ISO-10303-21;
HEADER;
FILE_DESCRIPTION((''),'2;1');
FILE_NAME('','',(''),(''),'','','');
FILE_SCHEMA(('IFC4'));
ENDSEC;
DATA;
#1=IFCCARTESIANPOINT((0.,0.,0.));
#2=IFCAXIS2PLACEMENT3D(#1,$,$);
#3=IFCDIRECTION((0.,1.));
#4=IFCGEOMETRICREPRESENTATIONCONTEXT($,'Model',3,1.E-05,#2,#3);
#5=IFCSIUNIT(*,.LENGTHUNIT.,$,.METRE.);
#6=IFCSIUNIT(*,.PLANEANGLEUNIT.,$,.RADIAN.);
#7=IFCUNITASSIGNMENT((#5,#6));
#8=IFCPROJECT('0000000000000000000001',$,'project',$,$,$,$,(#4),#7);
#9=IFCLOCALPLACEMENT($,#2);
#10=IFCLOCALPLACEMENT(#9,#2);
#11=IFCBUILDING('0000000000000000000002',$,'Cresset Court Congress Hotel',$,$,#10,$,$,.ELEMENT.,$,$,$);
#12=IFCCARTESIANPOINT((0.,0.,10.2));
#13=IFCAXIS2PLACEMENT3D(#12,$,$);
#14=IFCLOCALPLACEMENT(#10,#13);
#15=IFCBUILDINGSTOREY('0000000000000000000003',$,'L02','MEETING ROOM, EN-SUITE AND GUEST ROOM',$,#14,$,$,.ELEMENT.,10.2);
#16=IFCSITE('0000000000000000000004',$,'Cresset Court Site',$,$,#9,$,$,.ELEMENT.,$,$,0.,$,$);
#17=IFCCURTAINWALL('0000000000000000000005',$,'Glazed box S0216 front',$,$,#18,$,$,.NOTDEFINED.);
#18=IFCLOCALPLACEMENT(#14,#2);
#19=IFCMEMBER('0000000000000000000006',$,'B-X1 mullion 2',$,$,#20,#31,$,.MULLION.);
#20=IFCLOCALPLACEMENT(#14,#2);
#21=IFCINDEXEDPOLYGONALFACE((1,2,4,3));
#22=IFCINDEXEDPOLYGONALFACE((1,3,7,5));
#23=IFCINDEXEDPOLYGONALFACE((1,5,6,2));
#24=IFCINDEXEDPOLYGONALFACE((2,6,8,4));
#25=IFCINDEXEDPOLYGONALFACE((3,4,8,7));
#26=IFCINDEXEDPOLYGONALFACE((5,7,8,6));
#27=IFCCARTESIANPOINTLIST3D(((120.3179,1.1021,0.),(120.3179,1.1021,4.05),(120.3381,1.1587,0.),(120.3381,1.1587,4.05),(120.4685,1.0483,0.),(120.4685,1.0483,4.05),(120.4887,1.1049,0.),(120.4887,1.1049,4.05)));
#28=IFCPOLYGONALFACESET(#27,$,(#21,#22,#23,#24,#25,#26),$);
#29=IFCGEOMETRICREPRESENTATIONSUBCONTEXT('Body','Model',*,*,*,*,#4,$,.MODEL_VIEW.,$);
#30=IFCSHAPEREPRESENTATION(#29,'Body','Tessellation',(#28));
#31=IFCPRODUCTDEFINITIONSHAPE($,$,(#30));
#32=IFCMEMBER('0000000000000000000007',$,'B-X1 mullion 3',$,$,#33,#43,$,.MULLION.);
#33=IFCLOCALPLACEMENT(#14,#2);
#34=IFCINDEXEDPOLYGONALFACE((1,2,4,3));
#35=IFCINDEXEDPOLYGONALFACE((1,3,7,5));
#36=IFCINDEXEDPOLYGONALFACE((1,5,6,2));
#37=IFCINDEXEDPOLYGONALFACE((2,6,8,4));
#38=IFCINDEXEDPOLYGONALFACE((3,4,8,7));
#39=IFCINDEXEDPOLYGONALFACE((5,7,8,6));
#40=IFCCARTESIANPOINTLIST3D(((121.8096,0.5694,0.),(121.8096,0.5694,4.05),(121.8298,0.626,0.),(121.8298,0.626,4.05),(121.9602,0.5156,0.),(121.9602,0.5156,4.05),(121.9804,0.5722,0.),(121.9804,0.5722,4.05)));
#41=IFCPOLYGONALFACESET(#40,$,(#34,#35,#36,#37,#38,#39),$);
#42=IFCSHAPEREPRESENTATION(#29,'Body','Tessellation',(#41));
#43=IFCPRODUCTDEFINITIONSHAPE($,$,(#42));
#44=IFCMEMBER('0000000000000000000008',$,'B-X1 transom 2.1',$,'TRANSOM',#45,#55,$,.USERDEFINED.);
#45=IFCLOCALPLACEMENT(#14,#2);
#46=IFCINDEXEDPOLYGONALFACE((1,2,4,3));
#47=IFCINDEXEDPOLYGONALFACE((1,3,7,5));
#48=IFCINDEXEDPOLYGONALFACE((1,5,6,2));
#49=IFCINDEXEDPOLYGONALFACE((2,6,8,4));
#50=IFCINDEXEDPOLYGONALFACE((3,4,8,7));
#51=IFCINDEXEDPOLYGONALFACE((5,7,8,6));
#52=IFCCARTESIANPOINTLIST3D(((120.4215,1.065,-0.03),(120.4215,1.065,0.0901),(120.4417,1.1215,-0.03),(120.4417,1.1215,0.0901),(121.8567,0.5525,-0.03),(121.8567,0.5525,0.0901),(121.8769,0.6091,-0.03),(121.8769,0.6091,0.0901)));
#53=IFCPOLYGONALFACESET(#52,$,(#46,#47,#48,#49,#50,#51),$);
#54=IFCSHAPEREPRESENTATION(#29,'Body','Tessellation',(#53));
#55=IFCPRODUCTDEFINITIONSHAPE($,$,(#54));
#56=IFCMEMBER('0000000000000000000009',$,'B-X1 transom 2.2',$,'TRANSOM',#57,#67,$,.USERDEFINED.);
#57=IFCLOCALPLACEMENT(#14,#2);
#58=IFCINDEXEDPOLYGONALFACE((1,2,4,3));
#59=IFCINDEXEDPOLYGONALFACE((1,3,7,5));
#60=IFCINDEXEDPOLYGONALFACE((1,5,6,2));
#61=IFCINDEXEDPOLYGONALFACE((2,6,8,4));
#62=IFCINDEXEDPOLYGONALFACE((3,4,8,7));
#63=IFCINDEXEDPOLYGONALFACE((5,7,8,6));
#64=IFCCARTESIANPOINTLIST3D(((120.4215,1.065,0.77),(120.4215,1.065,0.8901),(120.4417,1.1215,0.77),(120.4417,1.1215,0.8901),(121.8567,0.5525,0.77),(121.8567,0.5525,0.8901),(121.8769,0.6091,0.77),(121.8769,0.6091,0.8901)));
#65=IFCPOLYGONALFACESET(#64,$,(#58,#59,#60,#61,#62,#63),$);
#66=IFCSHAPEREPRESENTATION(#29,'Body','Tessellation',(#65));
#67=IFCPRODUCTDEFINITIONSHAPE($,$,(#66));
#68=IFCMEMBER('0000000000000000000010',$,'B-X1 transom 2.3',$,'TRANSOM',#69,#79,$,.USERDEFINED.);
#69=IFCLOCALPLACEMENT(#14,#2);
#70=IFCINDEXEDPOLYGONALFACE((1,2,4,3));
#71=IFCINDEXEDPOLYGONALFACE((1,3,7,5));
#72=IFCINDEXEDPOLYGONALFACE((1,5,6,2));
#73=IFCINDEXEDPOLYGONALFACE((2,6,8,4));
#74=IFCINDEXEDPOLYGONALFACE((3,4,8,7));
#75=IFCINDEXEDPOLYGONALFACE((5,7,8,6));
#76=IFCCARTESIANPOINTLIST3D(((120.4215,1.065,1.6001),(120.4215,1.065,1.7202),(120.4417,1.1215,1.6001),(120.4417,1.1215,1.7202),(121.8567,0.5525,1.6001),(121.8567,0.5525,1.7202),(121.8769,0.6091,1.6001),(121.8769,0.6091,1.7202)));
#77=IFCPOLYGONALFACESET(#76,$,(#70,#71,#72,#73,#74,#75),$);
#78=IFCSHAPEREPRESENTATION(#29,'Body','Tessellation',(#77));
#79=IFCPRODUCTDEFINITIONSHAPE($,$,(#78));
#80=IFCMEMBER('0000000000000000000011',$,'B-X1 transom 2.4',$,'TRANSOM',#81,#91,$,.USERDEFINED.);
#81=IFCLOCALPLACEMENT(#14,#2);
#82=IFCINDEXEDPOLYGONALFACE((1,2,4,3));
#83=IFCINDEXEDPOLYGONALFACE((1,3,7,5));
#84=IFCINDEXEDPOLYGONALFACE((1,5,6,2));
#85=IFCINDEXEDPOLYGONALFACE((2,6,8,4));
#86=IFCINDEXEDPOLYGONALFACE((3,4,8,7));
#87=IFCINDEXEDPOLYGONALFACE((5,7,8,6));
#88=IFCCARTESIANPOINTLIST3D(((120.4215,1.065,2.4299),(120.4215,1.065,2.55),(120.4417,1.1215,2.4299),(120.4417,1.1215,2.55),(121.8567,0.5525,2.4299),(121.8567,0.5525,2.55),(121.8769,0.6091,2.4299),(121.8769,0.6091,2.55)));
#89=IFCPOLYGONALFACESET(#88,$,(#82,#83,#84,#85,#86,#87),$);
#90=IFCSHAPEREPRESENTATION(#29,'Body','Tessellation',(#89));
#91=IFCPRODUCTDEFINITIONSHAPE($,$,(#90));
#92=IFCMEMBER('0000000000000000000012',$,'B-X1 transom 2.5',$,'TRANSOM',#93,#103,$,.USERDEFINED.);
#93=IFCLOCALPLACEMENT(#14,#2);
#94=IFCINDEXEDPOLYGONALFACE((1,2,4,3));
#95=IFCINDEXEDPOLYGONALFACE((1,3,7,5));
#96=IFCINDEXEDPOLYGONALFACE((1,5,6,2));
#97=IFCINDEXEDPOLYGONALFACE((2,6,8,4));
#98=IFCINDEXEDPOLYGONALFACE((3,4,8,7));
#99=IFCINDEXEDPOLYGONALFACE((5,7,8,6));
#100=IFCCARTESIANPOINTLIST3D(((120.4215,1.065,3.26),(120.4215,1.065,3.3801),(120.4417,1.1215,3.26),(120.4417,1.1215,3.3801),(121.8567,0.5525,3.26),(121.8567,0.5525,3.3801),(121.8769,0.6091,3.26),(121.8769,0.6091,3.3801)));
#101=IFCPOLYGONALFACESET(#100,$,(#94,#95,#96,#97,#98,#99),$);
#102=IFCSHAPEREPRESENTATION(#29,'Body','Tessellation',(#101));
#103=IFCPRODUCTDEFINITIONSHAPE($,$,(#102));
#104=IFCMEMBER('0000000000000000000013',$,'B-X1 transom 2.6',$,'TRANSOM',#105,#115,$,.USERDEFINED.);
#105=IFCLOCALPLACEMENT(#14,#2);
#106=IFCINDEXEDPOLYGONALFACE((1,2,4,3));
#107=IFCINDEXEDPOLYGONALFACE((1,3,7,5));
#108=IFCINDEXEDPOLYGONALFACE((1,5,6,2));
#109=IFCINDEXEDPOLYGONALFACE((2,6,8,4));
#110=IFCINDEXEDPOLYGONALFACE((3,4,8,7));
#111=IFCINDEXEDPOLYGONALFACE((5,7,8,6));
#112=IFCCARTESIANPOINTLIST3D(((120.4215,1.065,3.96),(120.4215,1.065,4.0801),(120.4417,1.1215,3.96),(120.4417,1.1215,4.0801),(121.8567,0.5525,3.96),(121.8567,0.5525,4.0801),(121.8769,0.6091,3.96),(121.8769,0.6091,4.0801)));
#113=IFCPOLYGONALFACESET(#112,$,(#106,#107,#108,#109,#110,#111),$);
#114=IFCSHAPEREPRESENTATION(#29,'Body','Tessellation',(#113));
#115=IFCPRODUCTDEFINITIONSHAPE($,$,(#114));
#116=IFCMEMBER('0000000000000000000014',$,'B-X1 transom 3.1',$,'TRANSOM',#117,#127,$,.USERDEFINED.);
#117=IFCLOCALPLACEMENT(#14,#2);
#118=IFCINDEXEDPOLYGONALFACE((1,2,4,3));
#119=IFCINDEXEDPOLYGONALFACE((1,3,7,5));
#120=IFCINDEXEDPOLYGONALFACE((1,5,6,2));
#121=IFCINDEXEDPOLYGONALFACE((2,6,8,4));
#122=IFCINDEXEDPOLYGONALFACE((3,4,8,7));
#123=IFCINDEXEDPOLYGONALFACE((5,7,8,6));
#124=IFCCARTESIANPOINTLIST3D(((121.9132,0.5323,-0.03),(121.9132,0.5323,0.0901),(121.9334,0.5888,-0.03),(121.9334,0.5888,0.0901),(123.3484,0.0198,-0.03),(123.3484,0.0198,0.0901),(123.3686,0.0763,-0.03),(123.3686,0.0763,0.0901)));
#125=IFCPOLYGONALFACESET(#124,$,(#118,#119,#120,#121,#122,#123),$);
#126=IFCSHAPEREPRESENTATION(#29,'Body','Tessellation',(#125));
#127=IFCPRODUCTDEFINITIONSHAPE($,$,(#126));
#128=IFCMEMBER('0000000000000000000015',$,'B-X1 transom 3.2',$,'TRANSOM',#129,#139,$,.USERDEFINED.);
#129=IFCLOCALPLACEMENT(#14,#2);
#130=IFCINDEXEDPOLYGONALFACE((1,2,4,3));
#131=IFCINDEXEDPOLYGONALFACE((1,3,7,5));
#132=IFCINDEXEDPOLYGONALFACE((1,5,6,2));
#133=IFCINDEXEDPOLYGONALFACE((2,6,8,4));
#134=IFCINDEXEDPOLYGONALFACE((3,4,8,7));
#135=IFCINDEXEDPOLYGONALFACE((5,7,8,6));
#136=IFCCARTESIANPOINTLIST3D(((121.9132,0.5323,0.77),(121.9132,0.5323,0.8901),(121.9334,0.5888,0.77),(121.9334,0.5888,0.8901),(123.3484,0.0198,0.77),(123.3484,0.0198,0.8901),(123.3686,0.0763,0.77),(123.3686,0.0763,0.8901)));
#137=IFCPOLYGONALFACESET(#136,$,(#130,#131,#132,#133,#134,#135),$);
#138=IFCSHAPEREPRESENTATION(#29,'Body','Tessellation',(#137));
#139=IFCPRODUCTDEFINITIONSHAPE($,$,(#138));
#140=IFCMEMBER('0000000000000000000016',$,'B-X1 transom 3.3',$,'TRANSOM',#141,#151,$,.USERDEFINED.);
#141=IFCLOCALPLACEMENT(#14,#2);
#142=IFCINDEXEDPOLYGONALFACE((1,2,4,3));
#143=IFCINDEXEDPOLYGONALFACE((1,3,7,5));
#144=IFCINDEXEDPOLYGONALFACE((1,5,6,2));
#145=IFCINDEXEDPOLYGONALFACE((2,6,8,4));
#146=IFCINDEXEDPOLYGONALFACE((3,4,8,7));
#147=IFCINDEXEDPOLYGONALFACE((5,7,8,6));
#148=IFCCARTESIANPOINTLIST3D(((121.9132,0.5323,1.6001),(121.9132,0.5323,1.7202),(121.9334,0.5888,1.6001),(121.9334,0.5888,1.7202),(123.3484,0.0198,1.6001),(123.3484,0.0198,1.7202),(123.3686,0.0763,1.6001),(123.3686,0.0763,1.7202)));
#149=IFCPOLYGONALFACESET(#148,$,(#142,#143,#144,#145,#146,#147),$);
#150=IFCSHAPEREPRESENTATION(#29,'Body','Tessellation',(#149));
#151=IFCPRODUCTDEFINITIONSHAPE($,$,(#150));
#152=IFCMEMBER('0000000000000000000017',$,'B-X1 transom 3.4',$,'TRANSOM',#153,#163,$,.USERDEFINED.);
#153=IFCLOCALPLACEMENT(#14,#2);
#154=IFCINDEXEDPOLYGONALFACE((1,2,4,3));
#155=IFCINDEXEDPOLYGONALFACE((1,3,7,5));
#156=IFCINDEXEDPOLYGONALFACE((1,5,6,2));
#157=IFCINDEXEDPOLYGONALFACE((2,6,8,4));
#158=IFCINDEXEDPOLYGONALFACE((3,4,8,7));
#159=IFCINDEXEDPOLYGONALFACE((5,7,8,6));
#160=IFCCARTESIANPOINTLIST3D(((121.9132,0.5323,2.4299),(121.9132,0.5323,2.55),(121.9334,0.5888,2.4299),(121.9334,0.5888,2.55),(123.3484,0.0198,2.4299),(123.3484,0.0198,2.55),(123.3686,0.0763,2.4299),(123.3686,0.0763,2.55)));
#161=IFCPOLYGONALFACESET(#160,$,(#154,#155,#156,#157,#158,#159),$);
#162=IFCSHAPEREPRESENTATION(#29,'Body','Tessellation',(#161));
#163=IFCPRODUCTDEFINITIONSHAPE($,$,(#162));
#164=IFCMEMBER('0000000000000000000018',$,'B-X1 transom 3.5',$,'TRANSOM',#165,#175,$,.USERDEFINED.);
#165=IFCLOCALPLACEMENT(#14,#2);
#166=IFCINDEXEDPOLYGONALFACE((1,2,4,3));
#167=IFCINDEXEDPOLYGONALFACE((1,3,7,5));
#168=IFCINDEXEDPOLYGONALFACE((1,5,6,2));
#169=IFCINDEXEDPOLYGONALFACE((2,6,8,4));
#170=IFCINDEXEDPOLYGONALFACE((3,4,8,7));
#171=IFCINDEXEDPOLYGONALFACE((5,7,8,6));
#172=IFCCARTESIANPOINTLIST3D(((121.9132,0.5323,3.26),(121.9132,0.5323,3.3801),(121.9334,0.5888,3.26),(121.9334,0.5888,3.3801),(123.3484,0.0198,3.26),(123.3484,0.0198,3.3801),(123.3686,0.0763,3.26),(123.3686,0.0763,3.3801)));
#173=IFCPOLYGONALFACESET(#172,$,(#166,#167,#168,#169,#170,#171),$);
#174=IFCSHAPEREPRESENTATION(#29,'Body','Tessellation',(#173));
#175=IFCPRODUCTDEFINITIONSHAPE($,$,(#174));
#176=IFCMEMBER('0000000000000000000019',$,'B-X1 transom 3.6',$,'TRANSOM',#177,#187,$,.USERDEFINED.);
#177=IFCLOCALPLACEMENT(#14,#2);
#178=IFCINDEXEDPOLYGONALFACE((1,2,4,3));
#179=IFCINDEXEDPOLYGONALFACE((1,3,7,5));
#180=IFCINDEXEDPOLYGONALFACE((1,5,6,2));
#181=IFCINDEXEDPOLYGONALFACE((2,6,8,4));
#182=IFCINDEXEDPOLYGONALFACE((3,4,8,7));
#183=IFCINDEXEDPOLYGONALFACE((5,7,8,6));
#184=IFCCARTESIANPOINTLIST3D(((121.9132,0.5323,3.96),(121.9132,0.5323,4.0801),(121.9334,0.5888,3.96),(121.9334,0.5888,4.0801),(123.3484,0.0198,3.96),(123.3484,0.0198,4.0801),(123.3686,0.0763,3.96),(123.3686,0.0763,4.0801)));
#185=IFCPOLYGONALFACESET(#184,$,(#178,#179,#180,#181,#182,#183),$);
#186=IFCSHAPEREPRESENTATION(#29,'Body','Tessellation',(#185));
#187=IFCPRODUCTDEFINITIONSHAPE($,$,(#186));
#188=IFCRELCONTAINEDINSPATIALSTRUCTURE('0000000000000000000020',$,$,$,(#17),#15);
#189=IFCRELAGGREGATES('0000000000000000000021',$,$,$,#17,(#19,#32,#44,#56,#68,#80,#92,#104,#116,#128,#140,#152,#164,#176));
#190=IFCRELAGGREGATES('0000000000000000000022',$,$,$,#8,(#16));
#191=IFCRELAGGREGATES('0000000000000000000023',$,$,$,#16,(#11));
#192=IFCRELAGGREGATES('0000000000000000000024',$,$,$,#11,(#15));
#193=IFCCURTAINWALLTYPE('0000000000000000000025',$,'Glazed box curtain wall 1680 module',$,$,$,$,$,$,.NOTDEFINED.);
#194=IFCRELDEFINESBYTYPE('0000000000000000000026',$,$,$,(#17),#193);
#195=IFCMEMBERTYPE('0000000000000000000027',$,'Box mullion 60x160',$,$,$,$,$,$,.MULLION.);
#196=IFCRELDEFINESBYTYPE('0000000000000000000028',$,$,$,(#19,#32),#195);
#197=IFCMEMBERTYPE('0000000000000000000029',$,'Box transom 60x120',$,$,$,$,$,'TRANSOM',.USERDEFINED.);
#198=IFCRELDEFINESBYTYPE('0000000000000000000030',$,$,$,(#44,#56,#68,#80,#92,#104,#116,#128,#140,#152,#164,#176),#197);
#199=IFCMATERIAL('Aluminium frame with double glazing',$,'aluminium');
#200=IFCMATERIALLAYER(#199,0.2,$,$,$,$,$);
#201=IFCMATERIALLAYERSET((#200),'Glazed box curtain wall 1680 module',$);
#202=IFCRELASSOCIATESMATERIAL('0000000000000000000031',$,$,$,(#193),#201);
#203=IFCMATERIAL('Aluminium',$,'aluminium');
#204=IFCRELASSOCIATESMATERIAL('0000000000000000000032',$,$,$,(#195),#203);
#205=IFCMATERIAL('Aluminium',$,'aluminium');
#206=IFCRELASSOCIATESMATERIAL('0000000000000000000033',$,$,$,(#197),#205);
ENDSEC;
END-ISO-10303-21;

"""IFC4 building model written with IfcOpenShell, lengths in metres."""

from ifc_helpers import new_model, si_unit, direction, frame, origin, origin_2d, place, context, subcontext, project, spatial, rectangle, extrude, material, layer, layer_set, material_profile, profile_set, type_object, element, aggregate, save


model = new_model("IFC4")

# Units and contexts
model_context = context("Model", 3, precision=1e-05, world=origin(), true_north=direction((0.0, 1.0)))
body_context = subcontext(model_context, "Body", "Model", "MODEL_VIEW")
ifc_project = project(units=[si_unit("LENGTHUNIT", "METRE"), si_unit("PLANEANGLEUNIT", "RADIAN")], contexts=[model_context])

# Site, building, storey
site_placement = place(None, origin())
site = spatial("IfcSite", under=ifc_project, at=site_placement, Name="Cresset Court Site", CompositionType="ELEMENT", RefElevation=0.0)
building_placement = place(site_placement, origin())
building = spatial("IfcBuilding", under=site, at=building_placement, Name="Cresset Court Congress Hotel", CompositionType="ELEMENT")
storey_placement = place(building_placement, frame((0.0, 0.0, 10.2)))
storey = spatial("IfcBuildingStorey", under=building, at=storey_placement, Name="L02", Description="MEETING ROOM, EN-SUITE AND GUEST ROOM", CompositionType="ELEMENT", Elevation=10.2)

# Curtain wall, members
ifc_material_1 = material(Name="Aluminium frame with double glazing", Category="aluminium")
ifc_layer_1 = layer(ifc_material_1, 0.2)
ifc_layer_set_1 = layer_set([ifc_layer_1], Name="Glazed box curtain wall 1680 module")
curtain_wall_type = type_object("IfcCurtainWallType", Name="Glazed box curtain wall 1680 module", PredefinedType="NOTDEFINED", material=ifc_layer_set_1)
curtain_wall_1_placement = place(storey_placement, origin())
curtain_wall_1 = element("IfcCurtainWall", 1, at=curtain_wall_1_placement, inside=storey, type_object=curtain_wall_type, Name="Glazed box S0216 front", PredefinedType="NOTDEFINED")
ifc_material_2 = material(Name="Aluminium", Category="aluminium")
ifc_material_profile_1 = material_profile(ifc_material_2, rectangle(XDim=0.0601, YDim=0.1599, at=origin_2d()), Name="Box mullion 60x160")
ifc_profile_set_1 = profile_set([ifc_material_profile_1], Name="Aluminium")
member_type_1 = type_object("IfcMemberType", Name="Box mullion 60x160", PredefinedType="MULLION", material=ifc_profile_set_1)
member_1_placement = place(storey_placement, frame((120.4033, 1.1035, 0.0), z_axis=(0.0, 0.0, 1.0), x_axis=(0.336336, 0.941742, 0.0)))
member_1 = element("IfcMember", 2, at=member_1_placement, type_object=member_type_1, Name="B-X1 mullion 2", PredefinedType="MULLION", context=body_context, shape_type="SweptSolid", body=[
    extrude(rectangle(XDim=0.0601, YDim=0.1599, at=origin_2d()), origin(), (0.0, 0.0, 1.0), 4.05),
])
member_2_placement = place(storey_placement, frame((121.895, 0.5708, 0.0), z_axis=(0.0, 0.0, 1.0), x_axis=(0.336336, 0.941742, 0.0)))
member_2 = element("IfcMember", 3, at=member_2_placement, type_object=member_type_1, Name="B-X1 mullion 3", PredefinedType="MULLION", context=body_context, shape_type="SweptSolid", body=[
    extrude(rectangle(XDim=0.0601, YDim=0.1599, at=origin_2d()), origin(), (0.0, 0.0, 1.0), 4.05),
])
ifc_material_3 = material(Name="Aluminium", Category="aluminium")
ifc_material_profile_2 = material_profile(ifc_material_3, rectangle(XDim=0.0601, YDim=0.1201, at=origin_2d()), Name="Box transom 60x120")
ifc_profile_set_2 = profile_set([ifc_material_profile_2], Name="Aluminium")
member_type_2 = type_object("IfcMemberType", Name="Box transom 60x120", ElementType="TRANSOM", PredefinedType="USERDEFINED", material=ifc_profile_set_2)
member_3_placement = place(storey_placement, frame((120.4316, 1.0933, 0.03), z_axis=(0.941756, -0.336296, 0.0), x_axis=(0.336296, 0.941756, 0.0)))
member_3 = element("IfcMember", 4, at=member_3_placement, type_object=member_type_2, Name="B-X1 transom 2.1", ObjectType="TRANSOM", PredefinedType="USERDEFINED", context=body_context, shape_type="SweptSolid", body=[
    extrude(rectangle(XDim=0.0601, YDim=0.1201, at=origin_2d()), origin(), (0.0, 0.0, 1.0), 1.5239),
])
member_4_placement = place(storey_placement, frame((120.4316, 1.0933, 0.8301), z_axis=(0.941756, -0.336296, 0.0), x_axis=(0.336296, 0.941756, 0.0)))
member_4 = element("IfcMember", 5, at=member_4_placement, type_object=member_type_2, Name="B-X1 transom 2.2", ObjectType="TRANSOM", PredefinedType="USERDEFINED", context=body_context, shape_type="SweptSolid", body=[
    extrude(rectangle(XDim=0.0601, YDim=0.1201, at=origin_2d()), origin(), (0.0, 0.0, 1.0), 1.5239),
])
member_5_placement = place(storey_placement, frame((120.4316, 1.0933, 1.6602), z_axis=(0.941756, -0.336296, 0.0), x_axis=(0.336296, 0.941756, 0.0)))
member_5 = element("IfcMember", 6, at=member_5_placement, type_object=member_type_2, Name="B-X1 transom 2.3", ObjectType="TRANSOM", PredefinedType="USERDEFINED", context=body_context, shape_type="SweptSolid", body=[
    extrude(rectangle(XDim=0.0601, YDim=0.1201, at=origin_2d()), origin(), (0.0, 0.0, 1.0), 1.5239),
])
member_6_placement = place(storey_placement, frame((120.4316, 1.0933, 2.49), z_axis=(0.941756, -0.336296, 0.0), x_axis=(0.336296, 0.941756, 0.0)))
member_6 = element("IfcMember", 7, at=member_6_placement, type_object=member_type_2, Name="B-X1 transom 2.4", ObjectType="TRANSOM", PredefinedType="USERDEFINED", context=body_context, shape_type="SweptSolid", body=[
    extrude(rectangle(XDim=0.0601, YDim=0.1201, at=origin_2d()), origin(), (0.0, 0.0, 1.0), 1.5239),
])
member_7_placement = place(storey_placement, frame((120.4316, 1.0933, 3.3201), z_axis=(0.941756, -0.336296, 0.0), x_axis=(0.336296, 0.941756, 0.0)))
member_7 = element("IfcMember", 8, at=member_7_placement, type_object=member_type_2, Name="B-X1 transom 2.5", ObjectType="TRANSOM", PredefinedType="USERDEFINED", context=body_context, shape_type="SweptSolid", body=[
    extrude(rectangle(XDim=0.0601, YDim=0.1201, at=origin_2d()), origin(), (0.0, 0.0, 1.0), 1.5239),
])
member_8_placement = place(storey_placement, frame((120.4316, 1.0933, 4.02), z_axis=(0.941756, -0.336296, 0.0), x_axis=(0.336296, 0.941756, 0.0)))
member_8 = element("IfcMember", 9, at=member_8_placement, type_object=member_type_2, Name="B-X1 transom 2.6", ObjectType="TRANSOM", PredefinedType="USERDEFINED", context=body_context, shape_type="SweptSolid", body=[
    extrude(rectangle(XDim=0.0601, YDim=0.1201, at=origin_2d()), origin(), (0.0, 0.0, 1.0), 1.5239),
])
member_9_placement = place(storey_placement, frame((121.9233, 0.5605, 0.03), z_axis=(0.941756, -0.336296, 0.0), x_axis=(0.336296, 0.941756, 0.0)))
member_9 = element("IfcMember", 10, at=member_9_placement, type_object=member_type_2, Name="B-X1 transom 3.1", ObjectType="TRANSOM", PredefinedType="USERDEFINED", context=body_context, shape_type="SweptSolid", body=[
    extrude(rectangle(XDim=0.0601, YDim=0.1201, at=origin_2d()), origin(), (0.0, 0.0, 1.0), 1.5239),
])
member_10_placement = place(storey_placement, frame((121.9233, 0.5605, 0.8301), z_axis=(0.941756, -0.336296, 0.0), x_axis=(0.336296, 0.941756, 0.0)))
member_10 = element("IfcMember", 11, at=member_10_placement, type_object=member_type_2, Name="B-X1 transom 3.2", ObjectType="TRANSOM", PredefinedType="USERDEFINED", context=body_context, shape_type="SweptSolid", body=[
    extrude(rectangle(XDim=0.0601, YDim=0.1201, at=origin_2d()), origin(), (0.0, 0.0, 1.0), 1.5239),
])
member_11_placement = place(storey_placement, frame((121.9233, 0.5605, 1.6602), z_axis=(0.941756, -0.336296, 0.0), x_axis=(0.336296, 0.941756, 0.0)))
member_11 = element("IfcMember", 12, at=member_11_placement, type_object=member_type_2, Name="B-X1 transom 3.3", ObjectType="TRANSOM", PredefinedType="USERDEFINED", context=body_context, shape_type="SweptSolid", body=[
    extrude(rectangle(XDim=0.0601, YDim=0.1201, at=origin_2d()), origin(), (0.0, 0.0, 1.0), 1.5239),
])
member_12_placement = place(storey_placement, frame((121.9233, 0.5605, 2.49), z_axis=(0.941756, -0.336296, 0.0), x_axis=(0.336296, 0.941756, 0.0)))
member_12 = element("IfcMember", 13, at=member_12_placement, type_object=member_type_2, Name="B-X1 transom 3.4", ObjectType="TRANSOM", PredefinedType="USERDEFINED", context=body_context, shape_type="SweptSolid", body=[
    extrude(rectangle(XDim=0.0601, YDim=0.1201, at=origin_2d()), origin(), (0.0, 0.0, 1.0), 1.5239),
])
member_13_placement = place(storey_placement, frame((121.9233, 0.5605, 3.3201), z_axis=(0.941756, -0.336296, 0.0), x_axis=(0.336296, 0.941756, 0.0)))
member_13 = element("IfcMember", 14, at=member_13_placement, type_object=member_type_2, Name="B-X1 transom 3.5", ObjectType="TRANSOM", PredefinedType="USERDEFINED", context=body_context, shape_type="SweptSolid", body=[
    extrude(rectangle(XDim=0.0601, YDim=0.1201, at=origin_2d()), origin(), (0.0, 0.0, 1.0), 1.5239),
])
member_14_placement = place(storey_placement, frame((121.9233, 0.5605, 4.02), z_axis=(0.941756, -0.336296, 0.0), x_axis=(0.336296, 0.941756, 0.0)))
member_14 = element("IfcMember", 15, at=member_14_placement, type_object=member_type_2, Name="B-X1 transom 3.6", ObjectType="TRANSOM", PredefinedType="USERDEFINED", context=body_context, shape_type="SweptSolid", body=[
    extrude(rectangle(XDim=0.0601, YDim=0.1201, at=origin_2d()), origin(), (0.0, 0.0, 1.0), 1.5239),
])
aggregate(curtain_wall_1, [member_1, member_2, member_3, member_4, member_5, member_6, member_7, member_8, member_9, member_10, member_11, member_12, member_13, member_14])

save(model, "model.ifc")
